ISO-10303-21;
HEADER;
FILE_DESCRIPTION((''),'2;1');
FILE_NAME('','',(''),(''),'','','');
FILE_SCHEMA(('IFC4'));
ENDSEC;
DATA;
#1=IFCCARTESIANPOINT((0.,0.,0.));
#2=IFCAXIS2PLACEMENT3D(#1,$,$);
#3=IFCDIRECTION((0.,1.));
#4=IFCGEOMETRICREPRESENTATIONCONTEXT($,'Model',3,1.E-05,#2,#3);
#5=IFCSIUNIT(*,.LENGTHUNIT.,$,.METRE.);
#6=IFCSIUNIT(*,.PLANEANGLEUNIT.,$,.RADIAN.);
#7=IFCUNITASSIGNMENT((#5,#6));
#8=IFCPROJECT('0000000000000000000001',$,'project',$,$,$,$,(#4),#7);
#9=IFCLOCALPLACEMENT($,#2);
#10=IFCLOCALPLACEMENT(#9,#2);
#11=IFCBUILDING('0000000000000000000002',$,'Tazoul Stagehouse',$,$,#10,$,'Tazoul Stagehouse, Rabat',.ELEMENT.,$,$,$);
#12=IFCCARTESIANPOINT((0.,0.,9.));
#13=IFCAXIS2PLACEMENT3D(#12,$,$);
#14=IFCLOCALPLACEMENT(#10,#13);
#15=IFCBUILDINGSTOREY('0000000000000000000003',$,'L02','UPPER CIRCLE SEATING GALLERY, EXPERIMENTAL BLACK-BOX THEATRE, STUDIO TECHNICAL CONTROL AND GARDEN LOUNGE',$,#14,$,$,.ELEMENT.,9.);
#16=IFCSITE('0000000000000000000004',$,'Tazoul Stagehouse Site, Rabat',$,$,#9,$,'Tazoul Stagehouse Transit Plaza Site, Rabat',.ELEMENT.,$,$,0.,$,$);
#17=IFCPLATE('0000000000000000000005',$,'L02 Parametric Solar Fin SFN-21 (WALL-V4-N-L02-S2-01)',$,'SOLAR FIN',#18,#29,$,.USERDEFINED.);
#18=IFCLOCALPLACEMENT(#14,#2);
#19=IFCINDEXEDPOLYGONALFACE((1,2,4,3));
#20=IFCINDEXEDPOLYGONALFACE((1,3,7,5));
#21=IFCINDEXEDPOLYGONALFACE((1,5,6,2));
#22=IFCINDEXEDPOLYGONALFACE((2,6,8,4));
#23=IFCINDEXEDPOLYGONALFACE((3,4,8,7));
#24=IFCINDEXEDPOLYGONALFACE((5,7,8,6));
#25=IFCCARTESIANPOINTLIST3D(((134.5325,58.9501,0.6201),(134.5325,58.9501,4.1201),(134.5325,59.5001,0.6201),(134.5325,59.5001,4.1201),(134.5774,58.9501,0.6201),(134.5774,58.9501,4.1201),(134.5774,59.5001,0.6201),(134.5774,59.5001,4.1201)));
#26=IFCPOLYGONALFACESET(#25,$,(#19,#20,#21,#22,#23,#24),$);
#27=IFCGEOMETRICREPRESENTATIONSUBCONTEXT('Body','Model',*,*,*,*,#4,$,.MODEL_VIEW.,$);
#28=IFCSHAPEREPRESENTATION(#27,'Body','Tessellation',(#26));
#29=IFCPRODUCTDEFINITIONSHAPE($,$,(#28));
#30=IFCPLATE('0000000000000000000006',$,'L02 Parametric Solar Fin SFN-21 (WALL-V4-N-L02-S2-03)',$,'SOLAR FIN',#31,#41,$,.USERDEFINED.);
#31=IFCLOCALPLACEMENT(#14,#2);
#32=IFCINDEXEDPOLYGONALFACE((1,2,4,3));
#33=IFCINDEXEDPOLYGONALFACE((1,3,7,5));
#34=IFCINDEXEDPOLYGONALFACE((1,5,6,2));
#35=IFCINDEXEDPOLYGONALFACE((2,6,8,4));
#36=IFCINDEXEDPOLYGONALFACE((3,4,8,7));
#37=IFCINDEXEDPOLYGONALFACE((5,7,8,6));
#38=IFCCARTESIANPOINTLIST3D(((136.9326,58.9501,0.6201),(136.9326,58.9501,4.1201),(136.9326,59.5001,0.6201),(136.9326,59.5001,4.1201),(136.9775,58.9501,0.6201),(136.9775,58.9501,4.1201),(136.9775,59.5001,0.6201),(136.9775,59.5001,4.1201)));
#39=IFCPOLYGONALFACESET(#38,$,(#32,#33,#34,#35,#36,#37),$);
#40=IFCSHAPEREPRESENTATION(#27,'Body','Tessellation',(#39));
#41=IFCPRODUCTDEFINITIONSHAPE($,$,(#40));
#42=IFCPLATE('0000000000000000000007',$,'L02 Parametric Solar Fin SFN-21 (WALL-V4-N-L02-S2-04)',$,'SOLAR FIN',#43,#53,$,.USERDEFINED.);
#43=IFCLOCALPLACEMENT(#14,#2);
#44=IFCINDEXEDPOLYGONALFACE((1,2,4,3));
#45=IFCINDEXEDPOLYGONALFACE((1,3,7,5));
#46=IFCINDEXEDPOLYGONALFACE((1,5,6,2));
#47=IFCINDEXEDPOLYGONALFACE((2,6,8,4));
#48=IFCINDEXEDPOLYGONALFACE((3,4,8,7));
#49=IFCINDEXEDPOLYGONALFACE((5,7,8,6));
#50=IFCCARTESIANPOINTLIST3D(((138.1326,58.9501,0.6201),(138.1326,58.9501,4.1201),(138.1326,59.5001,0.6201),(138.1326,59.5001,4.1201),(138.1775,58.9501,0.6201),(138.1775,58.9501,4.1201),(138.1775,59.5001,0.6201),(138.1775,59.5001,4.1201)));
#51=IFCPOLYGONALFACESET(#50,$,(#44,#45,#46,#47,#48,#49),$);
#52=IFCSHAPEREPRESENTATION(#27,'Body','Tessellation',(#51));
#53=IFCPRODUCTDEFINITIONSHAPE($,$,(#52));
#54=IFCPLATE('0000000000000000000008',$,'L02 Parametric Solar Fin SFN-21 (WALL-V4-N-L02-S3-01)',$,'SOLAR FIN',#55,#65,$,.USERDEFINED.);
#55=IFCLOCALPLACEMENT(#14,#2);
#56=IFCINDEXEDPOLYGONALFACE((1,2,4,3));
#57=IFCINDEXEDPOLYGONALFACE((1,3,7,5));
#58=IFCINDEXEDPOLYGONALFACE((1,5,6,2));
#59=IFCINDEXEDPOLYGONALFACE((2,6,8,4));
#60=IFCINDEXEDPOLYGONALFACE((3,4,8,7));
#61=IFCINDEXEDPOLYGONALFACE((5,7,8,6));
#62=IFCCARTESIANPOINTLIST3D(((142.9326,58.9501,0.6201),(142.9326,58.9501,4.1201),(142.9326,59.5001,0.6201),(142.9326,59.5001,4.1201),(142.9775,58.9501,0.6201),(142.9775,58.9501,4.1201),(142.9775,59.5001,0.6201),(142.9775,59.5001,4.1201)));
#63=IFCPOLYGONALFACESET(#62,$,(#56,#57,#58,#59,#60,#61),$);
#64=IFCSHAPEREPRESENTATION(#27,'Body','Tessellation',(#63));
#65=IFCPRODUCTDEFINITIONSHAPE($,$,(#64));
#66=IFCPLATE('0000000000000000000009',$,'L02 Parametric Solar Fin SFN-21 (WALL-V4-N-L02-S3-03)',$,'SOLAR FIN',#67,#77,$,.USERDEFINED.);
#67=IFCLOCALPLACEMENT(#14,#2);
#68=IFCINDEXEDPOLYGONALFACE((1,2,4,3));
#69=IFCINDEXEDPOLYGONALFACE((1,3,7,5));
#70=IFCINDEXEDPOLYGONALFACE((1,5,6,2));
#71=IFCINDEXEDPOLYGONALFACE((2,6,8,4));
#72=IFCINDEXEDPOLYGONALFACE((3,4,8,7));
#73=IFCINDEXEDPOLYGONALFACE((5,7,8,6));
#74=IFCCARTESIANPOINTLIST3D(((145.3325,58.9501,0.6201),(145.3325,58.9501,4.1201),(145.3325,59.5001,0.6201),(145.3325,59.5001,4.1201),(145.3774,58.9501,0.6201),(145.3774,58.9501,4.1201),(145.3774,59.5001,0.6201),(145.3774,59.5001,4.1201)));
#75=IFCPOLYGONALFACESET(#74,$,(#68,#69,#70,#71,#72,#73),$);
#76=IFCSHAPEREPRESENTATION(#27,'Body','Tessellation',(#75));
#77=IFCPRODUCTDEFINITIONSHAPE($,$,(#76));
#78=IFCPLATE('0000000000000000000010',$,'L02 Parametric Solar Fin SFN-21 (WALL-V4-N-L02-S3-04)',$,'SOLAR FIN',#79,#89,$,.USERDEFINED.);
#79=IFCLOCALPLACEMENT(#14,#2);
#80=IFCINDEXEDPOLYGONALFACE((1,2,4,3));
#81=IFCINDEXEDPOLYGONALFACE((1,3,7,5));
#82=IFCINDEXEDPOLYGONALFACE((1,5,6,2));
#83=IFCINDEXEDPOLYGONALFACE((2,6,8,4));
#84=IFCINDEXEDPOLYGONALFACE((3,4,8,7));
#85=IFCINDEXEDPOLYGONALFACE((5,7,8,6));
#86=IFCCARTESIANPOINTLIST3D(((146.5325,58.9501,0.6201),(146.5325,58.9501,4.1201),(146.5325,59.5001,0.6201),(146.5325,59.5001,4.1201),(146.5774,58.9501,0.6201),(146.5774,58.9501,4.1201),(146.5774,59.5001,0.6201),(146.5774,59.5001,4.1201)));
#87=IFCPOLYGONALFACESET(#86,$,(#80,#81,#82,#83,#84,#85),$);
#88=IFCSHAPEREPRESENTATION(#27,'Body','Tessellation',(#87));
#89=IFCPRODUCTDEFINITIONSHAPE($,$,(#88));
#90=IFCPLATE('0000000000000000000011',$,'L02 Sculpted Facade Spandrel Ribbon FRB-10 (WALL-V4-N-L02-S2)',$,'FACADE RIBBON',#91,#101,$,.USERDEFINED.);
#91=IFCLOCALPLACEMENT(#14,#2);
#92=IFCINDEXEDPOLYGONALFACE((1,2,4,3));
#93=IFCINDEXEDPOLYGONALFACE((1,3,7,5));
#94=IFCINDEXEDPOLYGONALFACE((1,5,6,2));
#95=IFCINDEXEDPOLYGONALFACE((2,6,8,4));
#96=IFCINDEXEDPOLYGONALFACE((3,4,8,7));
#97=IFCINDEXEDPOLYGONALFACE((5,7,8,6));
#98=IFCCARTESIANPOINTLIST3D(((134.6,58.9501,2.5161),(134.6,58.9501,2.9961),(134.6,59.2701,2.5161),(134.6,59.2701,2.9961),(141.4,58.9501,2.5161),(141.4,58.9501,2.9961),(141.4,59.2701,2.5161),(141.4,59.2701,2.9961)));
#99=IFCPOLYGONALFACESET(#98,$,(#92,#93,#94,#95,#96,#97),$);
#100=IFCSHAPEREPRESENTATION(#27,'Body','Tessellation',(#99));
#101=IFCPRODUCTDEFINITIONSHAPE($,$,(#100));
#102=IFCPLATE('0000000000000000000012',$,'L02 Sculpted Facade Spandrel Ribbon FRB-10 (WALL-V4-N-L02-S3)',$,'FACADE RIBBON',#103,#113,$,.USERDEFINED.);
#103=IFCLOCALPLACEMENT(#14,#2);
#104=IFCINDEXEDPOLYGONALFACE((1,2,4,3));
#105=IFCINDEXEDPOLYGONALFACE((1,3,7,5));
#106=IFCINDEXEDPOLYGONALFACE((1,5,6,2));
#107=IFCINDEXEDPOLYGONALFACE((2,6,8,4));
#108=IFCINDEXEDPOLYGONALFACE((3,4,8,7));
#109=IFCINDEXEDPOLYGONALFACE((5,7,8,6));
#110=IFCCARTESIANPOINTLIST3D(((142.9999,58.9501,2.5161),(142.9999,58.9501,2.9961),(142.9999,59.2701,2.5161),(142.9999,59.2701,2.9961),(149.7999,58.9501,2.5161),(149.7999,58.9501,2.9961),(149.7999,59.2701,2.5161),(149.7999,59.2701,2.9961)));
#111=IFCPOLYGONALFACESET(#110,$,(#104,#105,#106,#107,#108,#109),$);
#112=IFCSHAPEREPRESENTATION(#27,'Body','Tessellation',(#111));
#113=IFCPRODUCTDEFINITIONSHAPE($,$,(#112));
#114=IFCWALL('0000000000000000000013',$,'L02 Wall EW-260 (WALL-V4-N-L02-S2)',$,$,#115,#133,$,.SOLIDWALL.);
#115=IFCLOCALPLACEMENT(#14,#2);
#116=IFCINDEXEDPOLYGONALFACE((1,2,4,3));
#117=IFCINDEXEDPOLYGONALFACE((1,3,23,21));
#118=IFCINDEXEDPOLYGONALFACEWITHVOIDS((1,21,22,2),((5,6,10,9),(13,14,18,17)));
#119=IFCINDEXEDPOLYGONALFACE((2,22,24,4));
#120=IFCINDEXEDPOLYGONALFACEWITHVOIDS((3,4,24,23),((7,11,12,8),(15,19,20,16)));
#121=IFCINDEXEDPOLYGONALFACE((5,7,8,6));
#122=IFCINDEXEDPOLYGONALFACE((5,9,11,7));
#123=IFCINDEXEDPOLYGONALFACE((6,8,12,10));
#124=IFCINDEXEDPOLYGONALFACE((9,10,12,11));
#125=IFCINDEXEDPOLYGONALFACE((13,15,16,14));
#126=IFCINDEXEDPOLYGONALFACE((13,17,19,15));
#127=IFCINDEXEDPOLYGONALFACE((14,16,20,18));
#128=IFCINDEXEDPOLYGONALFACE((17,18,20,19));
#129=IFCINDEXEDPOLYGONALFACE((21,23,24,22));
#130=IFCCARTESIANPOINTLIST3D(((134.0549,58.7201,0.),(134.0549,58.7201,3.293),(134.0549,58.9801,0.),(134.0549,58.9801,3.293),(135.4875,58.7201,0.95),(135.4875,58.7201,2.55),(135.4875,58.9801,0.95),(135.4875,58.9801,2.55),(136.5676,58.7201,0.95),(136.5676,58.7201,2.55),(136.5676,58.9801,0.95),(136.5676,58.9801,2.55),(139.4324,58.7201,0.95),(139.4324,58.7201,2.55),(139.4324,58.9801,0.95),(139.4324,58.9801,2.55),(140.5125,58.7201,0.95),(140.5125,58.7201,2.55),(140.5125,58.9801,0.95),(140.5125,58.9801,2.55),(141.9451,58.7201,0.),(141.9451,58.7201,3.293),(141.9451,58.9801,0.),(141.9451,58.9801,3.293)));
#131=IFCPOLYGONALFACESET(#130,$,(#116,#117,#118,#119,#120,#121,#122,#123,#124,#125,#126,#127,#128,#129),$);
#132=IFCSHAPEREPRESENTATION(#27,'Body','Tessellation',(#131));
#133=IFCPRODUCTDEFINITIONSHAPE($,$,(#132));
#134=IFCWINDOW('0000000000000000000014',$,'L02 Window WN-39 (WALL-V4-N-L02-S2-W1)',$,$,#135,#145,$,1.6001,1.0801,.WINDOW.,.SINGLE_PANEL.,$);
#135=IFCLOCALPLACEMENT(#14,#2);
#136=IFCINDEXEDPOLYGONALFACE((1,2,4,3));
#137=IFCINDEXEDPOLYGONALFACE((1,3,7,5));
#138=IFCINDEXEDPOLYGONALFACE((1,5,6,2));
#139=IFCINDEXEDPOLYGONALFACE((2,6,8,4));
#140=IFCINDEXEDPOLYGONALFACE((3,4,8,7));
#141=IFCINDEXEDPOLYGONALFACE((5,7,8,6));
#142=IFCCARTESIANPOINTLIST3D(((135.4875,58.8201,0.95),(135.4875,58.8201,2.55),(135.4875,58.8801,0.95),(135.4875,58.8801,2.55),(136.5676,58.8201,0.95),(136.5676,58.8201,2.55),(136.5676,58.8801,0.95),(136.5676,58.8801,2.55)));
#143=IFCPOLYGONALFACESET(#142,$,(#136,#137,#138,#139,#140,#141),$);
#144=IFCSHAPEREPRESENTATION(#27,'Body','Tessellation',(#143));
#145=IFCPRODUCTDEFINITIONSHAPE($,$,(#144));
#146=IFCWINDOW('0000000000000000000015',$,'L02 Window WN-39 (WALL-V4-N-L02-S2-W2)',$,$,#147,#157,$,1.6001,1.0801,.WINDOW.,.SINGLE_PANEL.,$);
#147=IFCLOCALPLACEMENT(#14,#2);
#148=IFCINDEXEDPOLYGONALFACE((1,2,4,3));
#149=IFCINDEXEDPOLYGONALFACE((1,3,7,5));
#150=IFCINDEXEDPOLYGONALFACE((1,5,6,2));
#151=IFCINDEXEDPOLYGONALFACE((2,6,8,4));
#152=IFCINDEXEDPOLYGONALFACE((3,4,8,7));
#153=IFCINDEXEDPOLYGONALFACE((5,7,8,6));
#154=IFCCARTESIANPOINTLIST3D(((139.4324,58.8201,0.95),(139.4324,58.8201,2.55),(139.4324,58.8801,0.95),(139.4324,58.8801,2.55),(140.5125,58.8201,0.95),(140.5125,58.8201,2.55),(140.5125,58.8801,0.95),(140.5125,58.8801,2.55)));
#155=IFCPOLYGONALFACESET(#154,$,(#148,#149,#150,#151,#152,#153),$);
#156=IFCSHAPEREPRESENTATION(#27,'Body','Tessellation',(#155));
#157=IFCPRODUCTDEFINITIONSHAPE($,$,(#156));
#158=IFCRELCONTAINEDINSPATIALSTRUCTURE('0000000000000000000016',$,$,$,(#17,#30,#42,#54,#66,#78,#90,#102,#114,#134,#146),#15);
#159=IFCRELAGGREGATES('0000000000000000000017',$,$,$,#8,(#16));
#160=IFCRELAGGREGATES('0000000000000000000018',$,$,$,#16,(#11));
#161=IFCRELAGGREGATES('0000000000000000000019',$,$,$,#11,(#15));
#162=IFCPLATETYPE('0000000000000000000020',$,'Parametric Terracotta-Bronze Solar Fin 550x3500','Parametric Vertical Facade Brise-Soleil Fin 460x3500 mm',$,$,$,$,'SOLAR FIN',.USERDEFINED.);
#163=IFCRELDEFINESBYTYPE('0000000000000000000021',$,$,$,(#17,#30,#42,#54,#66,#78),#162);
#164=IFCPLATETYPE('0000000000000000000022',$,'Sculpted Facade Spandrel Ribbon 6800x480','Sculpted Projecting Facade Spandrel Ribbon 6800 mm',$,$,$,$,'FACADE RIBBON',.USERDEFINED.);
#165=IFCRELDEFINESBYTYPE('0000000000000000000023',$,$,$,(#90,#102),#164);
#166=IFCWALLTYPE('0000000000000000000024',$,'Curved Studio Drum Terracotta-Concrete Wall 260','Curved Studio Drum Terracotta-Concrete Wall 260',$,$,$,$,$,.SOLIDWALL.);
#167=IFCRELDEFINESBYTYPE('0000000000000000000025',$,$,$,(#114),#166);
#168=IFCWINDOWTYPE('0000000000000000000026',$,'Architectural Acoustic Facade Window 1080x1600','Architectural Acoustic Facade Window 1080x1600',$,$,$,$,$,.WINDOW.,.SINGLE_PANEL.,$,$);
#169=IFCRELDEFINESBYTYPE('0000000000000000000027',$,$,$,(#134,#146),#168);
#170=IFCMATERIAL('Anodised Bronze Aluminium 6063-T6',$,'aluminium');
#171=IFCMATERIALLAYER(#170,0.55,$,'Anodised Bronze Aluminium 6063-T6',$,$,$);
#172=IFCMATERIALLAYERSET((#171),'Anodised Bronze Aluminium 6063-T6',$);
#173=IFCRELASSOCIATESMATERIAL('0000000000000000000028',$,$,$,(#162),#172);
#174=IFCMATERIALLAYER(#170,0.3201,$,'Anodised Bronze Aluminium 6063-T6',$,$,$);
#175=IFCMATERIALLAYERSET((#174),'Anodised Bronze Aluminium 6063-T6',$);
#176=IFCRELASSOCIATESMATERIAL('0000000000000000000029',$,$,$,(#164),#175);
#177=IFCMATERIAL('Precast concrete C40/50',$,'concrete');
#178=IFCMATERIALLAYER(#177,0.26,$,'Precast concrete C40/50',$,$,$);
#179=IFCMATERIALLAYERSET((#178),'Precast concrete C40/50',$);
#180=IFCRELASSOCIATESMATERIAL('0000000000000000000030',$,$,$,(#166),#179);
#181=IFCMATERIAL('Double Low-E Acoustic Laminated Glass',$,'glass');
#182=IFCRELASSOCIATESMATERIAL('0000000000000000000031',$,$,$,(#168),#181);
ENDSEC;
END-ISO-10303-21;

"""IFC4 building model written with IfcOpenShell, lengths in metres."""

from ifc_helpers import new_model, si_unit, direction, frame, frame_2d, origin, origin_2d, place, context, subcontext, project, spatial, rectangle, extrude, material, layer, layer_set, type_object, element, fill, save


model = new_model("IFC4")

# Units and contexts
model_context = context("Model", 3, precision=1e-05, world=origin(), true_north=direction((0.0, 1.0)))
body_context = subcontext(model_context, "Body", "Model", "MODEL_VIEW")
ifc_project = project(units=[si_unit("LENGTHUNIT", "METRE"), si_unit("PLANEANGLEUNIT", "RADIAN")], contexts=[model_context])

# Site, building, storey
site_placement = place(None, origin())
site = spatial("IfcSite", under=ifc_project, at=site_placement, Name="Tazoul Stagehouse Site, Rabat", LongName="Tazoul Stagehouse Transit Plaza Site, Rabat", CompositionType="ELEMENT", RefElevation=0.0)
building_placement = place(site_placement, origin())
building = spatial("IfcBuilding", under=site, at=building_placement, Name="Tazoul Stagehouse", LongName="Tazoul Stagehouse, Rabat", CompositionType="ELEMENT")
storey_placement = place(building_placement, frame((0.0, 0.0, 9.0)))
storey = spatial("IfcBuildingStorey", under=building, at=storey_placement, Name="L02", Description="UPPER CIRCLE SEATING GALLERY, EXPERIMENTAL BLACK-BOX THEATRE, STUDIO TECHNICAL CONTROL AND GARDEN LOUNGE", CompositionType="ELEMENT", Elevation=9.0)

# Plates
ifc_material_1 = material(Name="Anodised Bronze Aluminium 6063-T6", Category="aluminium")
ifc_layer_1 = layer(ifc_material_1, 0.55, Name="Anodised Bronze Aluminium 6063-T6")
ifc_layer_set_1 = layer_set([ifc_layer_1], Name="Anodised Bronze Aluminium 6063-T6")
plate_type_1 = type_object("IfcPlateType", Name="Parametric Terracotta-Bronze Solar Fin 550x3500", Description="Parametric Vertical Facade Brise-Soleil Fin 460x3500 mm", ElementType="SOLAR FIN", PredefinedType="USERDEFINED", material=ifc_layer_set_1)
for number, where, z_axis, x_axis, name in (
    (1, (134.5549, 59.2251, 0.6201), (0.0, 0.0, 1.0), (1.0, 0.0, 0.0), "L02 Parametric Solar Fin SFN-21 (WALL-V4-N-L02-S2-01)"),
    (2, (136.9551, 59.2251, 0.6201), (0.0, 0.0, 1.0), (1.0, 0.0, 0.0), "L02 Parametric Solar Fin SFN-21 (WALL-V4-N-L02-S2-03)"),
    (3, (138.155, 59.2251, 0.6201), (0.0, 0.0, 1.0), (1.0, 0.0, 0.0), "L02 Parametric Solar Fin SFN-21 (WALL-V4-N-L02-S2-04)"),
    (4, (142.9551, 59.2251, 0.6201), (0.0, 0.0, 1.0), (1.0, 0.0, 0.0), "L02 Parametric Solar Fin SFN-21 (WALL-V4-N-L02-S3-01)"),
    (5, (145.355, 59.2251, 0.6201), (0.0, 0.0, 1.0), (1.0, 0.0, 0.0), "L02 Parametric Solar Fin SFN-21 (WALL-V4-N-L02-S3-03)"),
    (6, (146.5549, 59.2251, 0.6201), (0.0, 0.0, 1.0), (1.0, 0.0, 0.0), "L02 Parametric Solar Fin SFN-21 (WALL-V4-N-L02-S3-04)"),
):
    element("IfcPlate", number, at=place(storey_placement, frame(where, z_axis=z_axis, x_axis=x_axis)), inside=storey, type_object=plate_type_1, Name=name, ObjectType="SOLAR FIN", PredefinedType="USERDEFINED", context=body_context, shape_type="SweptSolid", body=[
        extrude(rectangle(XDim=0.0449, YDim=0.55, at=origin_2d()), origin(), (0.0, 0.0, 1.0), 3.5),
    ])
ifc_layer_2 = layer(ifc_material_1, 0.3201, Name="Anodised Bronze Aluminium 6063-T6")
ifc_layer_set_2 = layer_set([ifc_layer_2], Name="Anodised Bronze Aluminium 6063-T6")
plate_type_2 = type_object("IfcPlateType", Name="Sculpted Facade Spandrel Ribbon 6800x480", Description="Sculpted Projecting Facade Spandrel Ribbon 6800 mm", ElementType="FACADE RIBBON", PredefinedType="USERDEFINED", material=ifc_layer_set_2)
for number, where, z_axis, x_axis, name in (
    (7, (138.0, 59.1101, 2.5161), (0.0, 0.0, 1.0), (1.0, 0.0, 0.0), "L02 Sculpted Facade Spandrel Ribbon FRB-10 (WALL-V4-N-L02-S2)"),
    (8, (146.3999, 59.1101, 2.5161), (0.0, 0.0, 1.0), (1.0, 0.0, 0.0), "L02 Sculpted Facade Spandrel Ribbon FRB-10 (WALL-V4-N-L02-S3)"),
):
    element("IfcPlate", number, at=place(storey_placement, frame(where, z_axis=z_axis, x_axis=x_axis)), inside=storey, type_object=plate_type_2, Name=name, ObjectType="FACADE RIBBON", PredefinedType="USERDEFINED", context=body_context, shape_type="SweptSolid", body=[
        extrude(rectangle(XDim=6.8, YDim=0.3201, at=origin_2d()), origin(), (0.0, 0.0, 1.0), 0.48),
    ])

# Wall, openings, windows
ifc_material_2 = material(Name="Precast concrete C40/50", Category="concrete")
ifc_layer_3 = layer(ifc_material_2, 0.26, Name="Precast concrete C40/50")
ifc_layer_set_3 = layer_set([ifc_layer_3], Name="Precast concrete C40/50")
wall_type = type_object("IfcWallType", Name="Curved Studio Drum Terracotta-Concrete Wall 260", Description="Curved Studio Drum Terracotta-Concrete Wall 260", PredefinedType="SOLIDWALL", material=ifc_layer_set_3)
wall_1_placement = place(storey_placement, frame((134.0549, 58.8501, 0.0), z_axis=(0.0, 0.0, 1.0), x_axis=(1.0, 0.0, 0.0)))
wall_1 = element("IfcWall", 9, at=wall_1_placement, inside=storey, type_object=wall_type, Name="L02 Wall EW-260 (WALL-V4-N-L02-S2)", PredefinedType="SOLIDWALL", context=body_context, shape_type="SweptSolid", body=[
    extrude(rectangle(XDim=7.8901, YDim=0.26, at=frame_2d((3.9451, 0.0))), origin(), (0.0, 0.0, 1.0), 3.293),
])
opening_1_placement = place(wall_1_placement, frame((1.4326, 0.0, 0.95)))
opening_1 = element("IfcOpeningElement", 10, at=opening_1_placement, cuts=wall_1, PredefinedType="OPENING", context=body_context, shape_type="SweptSolid", body=[
    extrude(rectangle(XDim=1.0801, YDim=1.6001, at=frame_2d((0.54, 0.8))), frame((0.0, 0.1499, 0.0), z_axis=(0.0, -1.0, 0.0), x_axis=(1.0, 0.0, 0.0)), (0.0, 0.0, 1.0), 0.3),
])
opening_2_placement = place(wall_1_placement, frame((5.3774, 0.0, 0.95)))
opening_2 = element("IfcOpeningElement", 11, at=opening_2_placement, cuts=wall_1, PredefinedType="OPENING", context=body_context, shape_type="SweptSolid", body=[
    extrude(rectangle(XDim=1.0801, YDim=1.6001, at=frame_2d((0.54, 0.8))), frame((0.0, 0.1499, 0.0), z_axis=(0.0, -1.0, 0.0), x_axis=(1.0, 0.0, 0.0)), (0.0, 0.0, 1.0), 0.3),
])
ifc_material_3 = material(Name="Double Low-E Acoustic Laminated Glass", Category="glass")
window_type_1 = type_object("IfcWindowType", Name="Architectural Acoustic Facade Window 1080x1600", Description="Architectural Acoustic Facade Window 1080x1600", PartitioningType="SINGLE_PANEL", PredefinedType="WINDOW", material=ifc_material_3)
window_1_placement = place(opening_1_placement, origin())
window_1 = element("IfcWindow", 12, at=window_1_placement, inside=storey, type_object=window_type_1, Name="L02 Window WN-39 (WALL-V4-N-L02-S2-W1)", OverallHeight=1.6001, OverallWidth=1.0801, PartitioningType="SINGLE_PANEL", PredefinedType="WINDOW", context=body_context, shape_type="SweptSolid", body=[
    extrude(rectangle(XDim=1.0801, YDim=1.6001, at=frame_2d((0.54, 0.8))), frame((0.0, 0.03, 0.0), z_axis=(0.0, -1.0, 0.0), x_axis=(1.0, 0.0, 0.0)), (0.0, 0.0, 1.0), 0.0601),
])
fill(opening_1, window_1)
window_2_placement = place(opening_2_placement, origin())
window_2 = element("IfcWindow", 13, at=window_2_placement, inside=storey, type_object=window_type_1, Name="L02 Window WN-39 (WALL-V4-N-L02-S2-W2)", OverallHeight=1.6001, OverallWidth=1.0801, PartitioningType="SINGLE_PANEL", PredefinedType="WINDOW", context=body_context, shape_type="SweptSolid", body=[
    extrude(rectangle(XDim=1.0801, YDim=1.6001, at=frame_2d((0.54, 0.8))), frame((0.0, 0.03, 0.0), z_axis=(0.0, -1.0, 0.0), x_axis=(1.0, 0.0, 0.0)), (0.0, 0.0, 1.0), 0.0601),
])
fill(opening_2, window_2)

save(model, "model.ifc")
